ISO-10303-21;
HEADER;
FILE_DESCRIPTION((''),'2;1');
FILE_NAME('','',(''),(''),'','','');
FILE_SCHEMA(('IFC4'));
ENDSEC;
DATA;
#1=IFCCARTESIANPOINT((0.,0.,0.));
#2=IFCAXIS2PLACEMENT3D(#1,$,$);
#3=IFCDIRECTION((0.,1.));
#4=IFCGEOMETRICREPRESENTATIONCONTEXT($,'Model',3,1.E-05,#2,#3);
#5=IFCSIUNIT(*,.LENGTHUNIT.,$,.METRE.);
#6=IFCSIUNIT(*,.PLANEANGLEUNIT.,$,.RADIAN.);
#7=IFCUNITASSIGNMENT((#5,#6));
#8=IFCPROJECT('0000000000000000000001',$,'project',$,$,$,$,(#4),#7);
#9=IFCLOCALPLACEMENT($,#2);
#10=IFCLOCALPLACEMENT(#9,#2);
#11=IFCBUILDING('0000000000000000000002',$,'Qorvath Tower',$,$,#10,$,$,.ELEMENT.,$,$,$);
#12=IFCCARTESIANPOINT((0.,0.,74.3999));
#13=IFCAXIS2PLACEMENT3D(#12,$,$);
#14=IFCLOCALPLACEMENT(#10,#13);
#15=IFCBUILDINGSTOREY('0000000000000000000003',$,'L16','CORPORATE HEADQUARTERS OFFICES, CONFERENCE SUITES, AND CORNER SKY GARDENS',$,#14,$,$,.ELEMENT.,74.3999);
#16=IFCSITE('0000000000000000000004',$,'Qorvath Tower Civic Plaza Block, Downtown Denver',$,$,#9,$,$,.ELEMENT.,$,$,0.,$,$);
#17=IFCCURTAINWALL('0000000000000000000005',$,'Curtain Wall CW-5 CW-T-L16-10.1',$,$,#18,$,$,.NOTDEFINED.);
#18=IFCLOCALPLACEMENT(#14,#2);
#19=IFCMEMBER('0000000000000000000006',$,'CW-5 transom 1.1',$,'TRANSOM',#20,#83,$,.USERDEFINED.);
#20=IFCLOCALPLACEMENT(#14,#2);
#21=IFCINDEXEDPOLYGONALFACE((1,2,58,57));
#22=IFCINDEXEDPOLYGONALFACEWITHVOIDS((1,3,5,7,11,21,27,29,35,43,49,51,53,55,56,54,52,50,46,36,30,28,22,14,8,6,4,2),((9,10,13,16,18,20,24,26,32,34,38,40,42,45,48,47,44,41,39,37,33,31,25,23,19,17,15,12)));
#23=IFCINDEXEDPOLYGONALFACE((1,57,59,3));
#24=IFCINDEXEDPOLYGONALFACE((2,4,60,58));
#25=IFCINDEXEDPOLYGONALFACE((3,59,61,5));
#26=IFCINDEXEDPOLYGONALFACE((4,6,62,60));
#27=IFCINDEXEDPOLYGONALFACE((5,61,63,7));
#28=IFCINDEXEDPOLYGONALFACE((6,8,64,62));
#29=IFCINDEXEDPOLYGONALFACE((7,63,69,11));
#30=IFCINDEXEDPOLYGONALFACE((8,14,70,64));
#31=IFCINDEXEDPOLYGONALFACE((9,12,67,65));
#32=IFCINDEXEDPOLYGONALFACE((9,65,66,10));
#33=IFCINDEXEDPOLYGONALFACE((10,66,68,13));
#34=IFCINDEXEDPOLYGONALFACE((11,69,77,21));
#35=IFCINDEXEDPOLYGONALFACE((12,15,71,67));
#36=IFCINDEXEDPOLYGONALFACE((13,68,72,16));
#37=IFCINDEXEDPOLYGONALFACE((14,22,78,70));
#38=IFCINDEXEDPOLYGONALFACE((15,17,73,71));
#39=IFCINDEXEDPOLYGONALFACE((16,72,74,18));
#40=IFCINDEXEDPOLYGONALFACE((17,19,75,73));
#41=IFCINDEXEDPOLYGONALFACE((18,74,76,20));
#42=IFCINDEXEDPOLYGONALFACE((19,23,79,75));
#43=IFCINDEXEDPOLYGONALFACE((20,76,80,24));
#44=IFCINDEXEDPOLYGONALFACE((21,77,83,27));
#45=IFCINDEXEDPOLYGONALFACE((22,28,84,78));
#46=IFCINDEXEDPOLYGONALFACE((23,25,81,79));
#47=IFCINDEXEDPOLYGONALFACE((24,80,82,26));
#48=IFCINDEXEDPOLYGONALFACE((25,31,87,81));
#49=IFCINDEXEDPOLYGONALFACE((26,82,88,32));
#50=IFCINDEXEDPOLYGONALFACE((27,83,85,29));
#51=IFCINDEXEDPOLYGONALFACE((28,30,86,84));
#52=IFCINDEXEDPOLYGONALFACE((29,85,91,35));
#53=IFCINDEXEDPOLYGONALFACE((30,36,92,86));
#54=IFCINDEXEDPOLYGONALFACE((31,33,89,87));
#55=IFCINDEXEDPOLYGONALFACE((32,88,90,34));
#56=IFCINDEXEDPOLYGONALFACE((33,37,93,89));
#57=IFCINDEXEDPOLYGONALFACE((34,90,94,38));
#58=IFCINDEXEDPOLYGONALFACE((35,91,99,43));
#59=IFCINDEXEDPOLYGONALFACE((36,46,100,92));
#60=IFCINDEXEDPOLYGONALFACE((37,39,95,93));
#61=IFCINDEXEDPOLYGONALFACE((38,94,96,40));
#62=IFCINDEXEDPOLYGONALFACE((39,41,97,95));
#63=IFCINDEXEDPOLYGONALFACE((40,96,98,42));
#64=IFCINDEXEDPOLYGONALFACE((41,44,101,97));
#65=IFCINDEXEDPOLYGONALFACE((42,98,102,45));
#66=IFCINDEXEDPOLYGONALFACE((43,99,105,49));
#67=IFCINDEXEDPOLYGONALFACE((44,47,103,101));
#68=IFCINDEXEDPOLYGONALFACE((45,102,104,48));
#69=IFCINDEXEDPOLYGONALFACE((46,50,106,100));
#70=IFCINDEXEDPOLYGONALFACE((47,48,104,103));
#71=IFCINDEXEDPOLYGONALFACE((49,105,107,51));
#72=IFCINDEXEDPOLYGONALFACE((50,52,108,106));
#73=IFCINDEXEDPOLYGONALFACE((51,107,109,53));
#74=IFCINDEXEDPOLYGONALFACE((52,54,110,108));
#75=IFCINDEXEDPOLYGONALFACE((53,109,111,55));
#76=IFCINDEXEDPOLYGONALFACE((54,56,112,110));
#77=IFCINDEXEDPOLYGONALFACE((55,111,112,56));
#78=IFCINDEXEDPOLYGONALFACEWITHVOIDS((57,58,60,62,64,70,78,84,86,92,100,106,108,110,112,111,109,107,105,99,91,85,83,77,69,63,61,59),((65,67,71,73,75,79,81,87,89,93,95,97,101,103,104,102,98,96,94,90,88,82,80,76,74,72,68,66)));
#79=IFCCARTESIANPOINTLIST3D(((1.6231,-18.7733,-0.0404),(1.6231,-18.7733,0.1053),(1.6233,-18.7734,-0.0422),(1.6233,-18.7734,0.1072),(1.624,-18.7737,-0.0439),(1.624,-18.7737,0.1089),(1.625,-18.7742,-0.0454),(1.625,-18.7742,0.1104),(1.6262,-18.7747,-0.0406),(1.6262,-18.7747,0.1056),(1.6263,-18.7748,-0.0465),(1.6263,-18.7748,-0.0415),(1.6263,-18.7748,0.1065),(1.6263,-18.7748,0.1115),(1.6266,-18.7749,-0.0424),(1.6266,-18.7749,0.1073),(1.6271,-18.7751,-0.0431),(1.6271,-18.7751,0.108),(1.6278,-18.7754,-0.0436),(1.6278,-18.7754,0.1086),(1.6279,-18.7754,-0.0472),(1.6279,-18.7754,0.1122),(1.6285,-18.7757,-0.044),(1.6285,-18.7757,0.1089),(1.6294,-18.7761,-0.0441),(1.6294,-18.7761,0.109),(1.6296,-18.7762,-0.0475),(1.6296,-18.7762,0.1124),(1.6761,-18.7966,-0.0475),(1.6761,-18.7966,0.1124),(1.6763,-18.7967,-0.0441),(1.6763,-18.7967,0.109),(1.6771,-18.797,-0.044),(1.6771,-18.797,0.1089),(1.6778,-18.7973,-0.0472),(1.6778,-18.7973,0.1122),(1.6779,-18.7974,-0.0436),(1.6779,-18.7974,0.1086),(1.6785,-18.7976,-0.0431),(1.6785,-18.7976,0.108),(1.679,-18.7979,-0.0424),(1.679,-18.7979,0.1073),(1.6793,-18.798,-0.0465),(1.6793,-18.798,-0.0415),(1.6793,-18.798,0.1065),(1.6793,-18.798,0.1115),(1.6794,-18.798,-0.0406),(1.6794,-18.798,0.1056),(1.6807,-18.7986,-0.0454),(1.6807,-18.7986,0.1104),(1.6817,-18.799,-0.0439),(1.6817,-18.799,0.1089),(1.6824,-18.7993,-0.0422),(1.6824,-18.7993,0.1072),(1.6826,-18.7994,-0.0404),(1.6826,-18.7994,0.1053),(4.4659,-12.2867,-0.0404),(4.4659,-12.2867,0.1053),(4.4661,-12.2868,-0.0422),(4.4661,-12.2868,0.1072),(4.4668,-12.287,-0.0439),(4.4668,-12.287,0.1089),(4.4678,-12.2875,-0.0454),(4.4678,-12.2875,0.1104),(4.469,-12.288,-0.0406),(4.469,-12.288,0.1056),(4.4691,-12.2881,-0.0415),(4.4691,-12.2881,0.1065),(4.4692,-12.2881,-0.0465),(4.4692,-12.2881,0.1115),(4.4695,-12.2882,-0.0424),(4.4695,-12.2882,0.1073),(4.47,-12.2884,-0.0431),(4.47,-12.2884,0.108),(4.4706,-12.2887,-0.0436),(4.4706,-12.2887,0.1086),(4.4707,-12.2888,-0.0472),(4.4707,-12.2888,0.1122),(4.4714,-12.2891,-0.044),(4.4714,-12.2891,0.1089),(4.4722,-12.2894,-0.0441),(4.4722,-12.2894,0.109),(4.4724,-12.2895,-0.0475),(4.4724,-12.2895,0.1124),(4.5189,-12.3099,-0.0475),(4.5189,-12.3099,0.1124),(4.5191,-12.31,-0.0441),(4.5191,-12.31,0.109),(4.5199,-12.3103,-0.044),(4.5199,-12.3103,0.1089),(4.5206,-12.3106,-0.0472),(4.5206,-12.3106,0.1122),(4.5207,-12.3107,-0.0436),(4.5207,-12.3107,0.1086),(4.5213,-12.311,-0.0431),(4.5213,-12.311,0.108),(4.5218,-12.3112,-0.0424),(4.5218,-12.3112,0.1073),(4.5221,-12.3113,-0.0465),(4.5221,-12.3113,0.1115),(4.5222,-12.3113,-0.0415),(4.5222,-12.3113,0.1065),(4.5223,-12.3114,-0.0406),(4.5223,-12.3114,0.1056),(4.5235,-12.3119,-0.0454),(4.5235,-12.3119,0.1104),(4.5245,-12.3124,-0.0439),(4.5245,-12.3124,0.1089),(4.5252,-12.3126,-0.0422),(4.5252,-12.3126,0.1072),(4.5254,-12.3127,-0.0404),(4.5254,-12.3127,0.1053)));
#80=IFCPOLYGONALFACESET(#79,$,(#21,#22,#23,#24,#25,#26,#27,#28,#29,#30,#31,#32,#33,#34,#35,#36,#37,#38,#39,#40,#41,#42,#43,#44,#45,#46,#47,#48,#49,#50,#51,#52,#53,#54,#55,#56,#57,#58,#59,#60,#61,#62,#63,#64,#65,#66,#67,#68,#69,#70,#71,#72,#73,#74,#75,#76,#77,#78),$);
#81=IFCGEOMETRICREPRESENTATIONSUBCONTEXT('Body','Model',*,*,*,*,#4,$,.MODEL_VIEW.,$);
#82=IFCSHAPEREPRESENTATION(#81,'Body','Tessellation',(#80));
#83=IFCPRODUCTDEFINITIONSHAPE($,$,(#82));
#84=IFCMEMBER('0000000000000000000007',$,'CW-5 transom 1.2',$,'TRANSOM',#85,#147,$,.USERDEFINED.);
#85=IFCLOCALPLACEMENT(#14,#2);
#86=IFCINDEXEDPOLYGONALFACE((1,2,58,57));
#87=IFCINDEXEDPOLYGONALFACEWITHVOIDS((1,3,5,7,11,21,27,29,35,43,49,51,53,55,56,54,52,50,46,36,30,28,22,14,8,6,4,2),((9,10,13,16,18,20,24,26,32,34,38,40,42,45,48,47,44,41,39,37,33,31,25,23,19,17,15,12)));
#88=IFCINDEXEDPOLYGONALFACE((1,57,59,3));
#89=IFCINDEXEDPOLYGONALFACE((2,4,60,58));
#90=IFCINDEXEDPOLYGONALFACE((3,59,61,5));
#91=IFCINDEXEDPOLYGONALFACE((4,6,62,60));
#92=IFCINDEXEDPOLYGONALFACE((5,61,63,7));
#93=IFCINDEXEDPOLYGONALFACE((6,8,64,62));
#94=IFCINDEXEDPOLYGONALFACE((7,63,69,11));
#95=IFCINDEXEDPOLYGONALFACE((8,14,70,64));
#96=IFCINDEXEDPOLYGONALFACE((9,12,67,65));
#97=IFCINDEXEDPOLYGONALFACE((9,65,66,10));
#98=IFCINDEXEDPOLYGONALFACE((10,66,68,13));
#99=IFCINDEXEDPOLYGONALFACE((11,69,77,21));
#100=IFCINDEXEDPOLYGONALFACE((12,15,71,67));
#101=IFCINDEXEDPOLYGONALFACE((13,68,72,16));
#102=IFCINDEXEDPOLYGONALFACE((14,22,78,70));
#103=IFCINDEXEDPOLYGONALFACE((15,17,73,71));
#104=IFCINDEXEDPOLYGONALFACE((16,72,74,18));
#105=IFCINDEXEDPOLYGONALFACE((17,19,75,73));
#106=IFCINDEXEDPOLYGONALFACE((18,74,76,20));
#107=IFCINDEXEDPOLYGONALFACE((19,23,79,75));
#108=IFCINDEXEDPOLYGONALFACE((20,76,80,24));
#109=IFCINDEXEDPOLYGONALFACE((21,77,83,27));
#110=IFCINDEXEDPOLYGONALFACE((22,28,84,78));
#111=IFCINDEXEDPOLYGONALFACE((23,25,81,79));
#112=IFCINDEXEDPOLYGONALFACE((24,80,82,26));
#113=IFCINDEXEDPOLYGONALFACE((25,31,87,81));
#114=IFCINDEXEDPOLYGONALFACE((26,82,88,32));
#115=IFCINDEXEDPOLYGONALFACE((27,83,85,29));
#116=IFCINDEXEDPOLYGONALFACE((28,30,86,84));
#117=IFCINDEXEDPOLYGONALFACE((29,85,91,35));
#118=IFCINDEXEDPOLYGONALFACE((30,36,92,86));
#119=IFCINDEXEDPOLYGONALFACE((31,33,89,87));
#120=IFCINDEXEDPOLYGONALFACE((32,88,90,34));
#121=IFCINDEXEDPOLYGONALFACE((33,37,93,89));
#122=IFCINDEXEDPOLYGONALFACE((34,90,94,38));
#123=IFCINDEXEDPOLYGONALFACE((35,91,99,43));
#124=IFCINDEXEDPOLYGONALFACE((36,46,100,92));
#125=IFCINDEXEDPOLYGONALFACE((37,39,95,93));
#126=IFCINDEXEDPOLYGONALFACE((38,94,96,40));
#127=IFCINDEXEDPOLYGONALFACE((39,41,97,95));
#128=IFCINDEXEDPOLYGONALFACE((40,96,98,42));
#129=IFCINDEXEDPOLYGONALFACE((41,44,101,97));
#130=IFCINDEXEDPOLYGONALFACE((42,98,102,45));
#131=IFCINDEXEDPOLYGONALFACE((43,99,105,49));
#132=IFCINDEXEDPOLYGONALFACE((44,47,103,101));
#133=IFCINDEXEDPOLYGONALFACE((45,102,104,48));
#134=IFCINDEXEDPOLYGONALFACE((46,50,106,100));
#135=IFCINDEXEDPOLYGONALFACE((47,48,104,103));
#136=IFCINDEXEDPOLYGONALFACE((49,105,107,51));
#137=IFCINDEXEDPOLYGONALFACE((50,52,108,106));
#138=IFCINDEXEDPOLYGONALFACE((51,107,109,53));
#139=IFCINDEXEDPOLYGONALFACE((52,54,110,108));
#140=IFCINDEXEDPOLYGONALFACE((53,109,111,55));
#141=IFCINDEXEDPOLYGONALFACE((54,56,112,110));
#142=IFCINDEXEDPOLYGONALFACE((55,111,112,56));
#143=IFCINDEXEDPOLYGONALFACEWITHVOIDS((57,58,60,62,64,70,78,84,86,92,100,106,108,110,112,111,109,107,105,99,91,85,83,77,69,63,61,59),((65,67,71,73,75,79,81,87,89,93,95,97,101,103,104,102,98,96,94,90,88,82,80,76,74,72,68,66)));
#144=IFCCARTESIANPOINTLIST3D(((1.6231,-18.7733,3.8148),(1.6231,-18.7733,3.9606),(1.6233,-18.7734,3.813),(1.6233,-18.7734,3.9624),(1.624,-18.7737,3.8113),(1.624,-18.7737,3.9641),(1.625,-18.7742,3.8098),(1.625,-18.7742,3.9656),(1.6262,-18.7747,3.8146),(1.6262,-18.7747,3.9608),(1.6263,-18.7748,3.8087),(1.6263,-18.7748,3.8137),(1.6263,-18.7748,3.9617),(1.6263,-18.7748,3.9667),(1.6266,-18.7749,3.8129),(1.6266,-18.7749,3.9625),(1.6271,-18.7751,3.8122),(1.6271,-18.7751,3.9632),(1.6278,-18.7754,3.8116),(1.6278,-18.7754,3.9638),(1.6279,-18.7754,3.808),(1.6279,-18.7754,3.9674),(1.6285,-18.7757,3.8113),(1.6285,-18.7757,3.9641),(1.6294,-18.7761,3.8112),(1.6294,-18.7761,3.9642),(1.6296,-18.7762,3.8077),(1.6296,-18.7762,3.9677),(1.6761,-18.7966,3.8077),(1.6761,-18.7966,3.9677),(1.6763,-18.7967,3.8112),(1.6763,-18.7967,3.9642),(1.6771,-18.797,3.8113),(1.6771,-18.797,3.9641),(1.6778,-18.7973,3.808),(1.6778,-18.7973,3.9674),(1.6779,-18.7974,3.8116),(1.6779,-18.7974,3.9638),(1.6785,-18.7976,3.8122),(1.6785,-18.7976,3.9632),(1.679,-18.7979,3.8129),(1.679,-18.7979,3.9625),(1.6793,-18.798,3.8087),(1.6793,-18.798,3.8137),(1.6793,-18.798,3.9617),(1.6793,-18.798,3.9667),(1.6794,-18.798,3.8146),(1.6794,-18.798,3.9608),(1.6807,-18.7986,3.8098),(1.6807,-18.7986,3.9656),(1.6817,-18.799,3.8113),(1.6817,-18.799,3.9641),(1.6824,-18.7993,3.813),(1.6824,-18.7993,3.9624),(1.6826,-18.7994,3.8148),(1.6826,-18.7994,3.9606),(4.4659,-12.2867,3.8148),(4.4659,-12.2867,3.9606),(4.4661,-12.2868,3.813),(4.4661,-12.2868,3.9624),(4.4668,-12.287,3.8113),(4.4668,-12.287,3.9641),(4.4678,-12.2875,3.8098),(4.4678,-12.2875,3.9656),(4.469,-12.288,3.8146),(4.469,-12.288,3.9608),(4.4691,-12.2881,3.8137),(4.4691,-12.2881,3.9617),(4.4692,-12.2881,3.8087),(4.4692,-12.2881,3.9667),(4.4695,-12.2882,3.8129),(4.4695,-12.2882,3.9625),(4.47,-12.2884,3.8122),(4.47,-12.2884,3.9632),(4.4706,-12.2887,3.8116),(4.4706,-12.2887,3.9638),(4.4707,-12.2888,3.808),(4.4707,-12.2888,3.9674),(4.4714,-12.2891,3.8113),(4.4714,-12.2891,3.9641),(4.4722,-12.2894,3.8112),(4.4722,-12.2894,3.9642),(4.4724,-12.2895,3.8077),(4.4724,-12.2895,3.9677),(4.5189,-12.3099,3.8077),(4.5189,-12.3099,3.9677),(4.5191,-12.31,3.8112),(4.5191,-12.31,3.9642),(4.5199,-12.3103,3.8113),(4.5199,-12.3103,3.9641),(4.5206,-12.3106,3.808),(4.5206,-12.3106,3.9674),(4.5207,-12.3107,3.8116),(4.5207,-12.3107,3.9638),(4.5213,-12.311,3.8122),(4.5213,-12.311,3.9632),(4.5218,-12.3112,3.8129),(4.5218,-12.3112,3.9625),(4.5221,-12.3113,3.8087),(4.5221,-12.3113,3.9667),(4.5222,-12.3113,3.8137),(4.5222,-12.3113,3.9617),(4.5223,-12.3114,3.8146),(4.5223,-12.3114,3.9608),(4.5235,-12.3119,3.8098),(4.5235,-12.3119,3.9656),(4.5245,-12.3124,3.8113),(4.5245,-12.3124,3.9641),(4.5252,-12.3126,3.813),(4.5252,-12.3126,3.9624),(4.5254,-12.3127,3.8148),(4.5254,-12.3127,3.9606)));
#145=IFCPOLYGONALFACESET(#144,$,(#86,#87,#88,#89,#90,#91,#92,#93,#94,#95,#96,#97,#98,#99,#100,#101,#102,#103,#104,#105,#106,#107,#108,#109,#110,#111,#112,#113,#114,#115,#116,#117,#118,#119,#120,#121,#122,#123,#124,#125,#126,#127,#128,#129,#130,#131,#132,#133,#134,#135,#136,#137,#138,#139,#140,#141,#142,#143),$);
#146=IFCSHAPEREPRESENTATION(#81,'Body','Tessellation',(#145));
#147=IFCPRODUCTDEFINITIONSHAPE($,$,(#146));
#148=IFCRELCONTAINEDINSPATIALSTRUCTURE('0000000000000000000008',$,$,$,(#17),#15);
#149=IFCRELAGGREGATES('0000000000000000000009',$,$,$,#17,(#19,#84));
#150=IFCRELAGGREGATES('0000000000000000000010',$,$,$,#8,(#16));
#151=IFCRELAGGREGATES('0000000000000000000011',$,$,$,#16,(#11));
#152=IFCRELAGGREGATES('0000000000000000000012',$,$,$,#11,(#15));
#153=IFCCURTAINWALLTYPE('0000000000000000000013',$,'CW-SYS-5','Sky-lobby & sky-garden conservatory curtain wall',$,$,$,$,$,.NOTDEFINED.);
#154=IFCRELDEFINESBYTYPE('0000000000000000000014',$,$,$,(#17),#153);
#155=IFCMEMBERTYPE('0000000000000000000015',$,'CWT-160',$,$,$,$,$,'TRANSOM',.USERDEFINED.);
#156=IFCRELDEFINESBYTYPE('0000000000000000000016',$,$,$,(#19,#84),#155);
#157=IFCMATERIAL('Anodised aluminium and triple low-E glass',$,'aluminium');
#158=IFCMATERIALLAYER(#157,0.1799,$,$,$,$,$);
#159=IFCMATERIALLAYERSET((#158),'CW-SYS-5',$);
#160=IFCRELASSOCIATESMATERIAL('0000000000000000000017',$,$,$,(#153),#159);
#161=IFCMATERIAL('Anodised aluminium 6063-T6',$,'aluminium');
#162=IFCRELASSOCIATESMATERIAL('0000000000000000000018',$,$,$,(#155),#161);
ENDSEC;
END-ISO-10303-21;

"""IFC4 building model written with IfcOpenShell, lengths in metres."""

from ifc_helpers import new_model, si_unit, direction, frame, origin, origin_2d, place, context, subcontext, project, spatial, hollow_rectangle, extrude, material, layer, layer_set, material_profile, profile_set, type_object, element, aggregate, save


model = new_model("IFC4")

# Units and contexts
model_context = context("Model", 3, precision=1e-05, world=origin(), true_north=direction((0.0, 1.0)))
body_context = subcontext(model_context, "Body", "Model", "MODEL_VIEW")
ifc_project = project(units=[si_unit("LENGTHUNIT", "METRE"), si_unit("PLANEANGLEUNIT", "RADIAN")], contexts=[model_context])

# Site, building, storey
site_placement = place(None, origin())
site = spatial("IfcSite", under=ifc_project, at=site_placement, Name="Qorvath Tower Civic Plaza Block, Downtown Denver", CompositionType="ELEMENT", RefElevation=0.0)
building_placement = place(site_placement, origin())
building = spatial("IfcBuilding", under=site, at=building_placement, Name="Qorvath Tower", CompositionType="ELEMENT")
storey_placement = place(building_placement, frame((0.0, 0.0, 74.3999)))
storey = spatial("IfcBuildingStorey", under=building, at=storey_placement, Name="L16", Description="CORPORATE HEADQUARTERS OFFICES, CONFERENCE SUITES, AND CORNER SKY GARDENS", CompositionType="ELEMENT", Elevation=74.3999)

# Shared definitions
ifc_material_1 = material(Name="Anodised aluminium and triple low-E glass", Category="aluminium")
ifc_layer_1 = layer(ifc_material_1, 0.1799)
ifc_layer_set_1 = layer_set([ifc_layer_1], Name="CW-SYS-5")
curtain_wall_type = type_object("IfcCurtainWallType", Name="CW-SYS-5", Description="Sky-lobby & sky-garden conservatory curtain wall", PredefinedType="NOTDEFINED", material=ifc_layer_set_1)

# Curtain wall
curtain_wall_1_placement = place(storey_placement, origin())
curtain_wall_1 = element("IfcCurtainWall", 1, at=curtain_wall_1_placement, inside=storey, type_object=curtain_wall_type, Name="Curtain Wall CW-5 CW-T-L16-10.1", PredefinedType="NOTDEFINED")

# Members
ifc_material_2 = material(Name="Anodised aluminium 6063-T6", Category="aluminium")
ifc_material_profile_1 = material_profile(ifc_material_2, hollow_rectangle(XDim=0.0649, YDim=0.1599, WallThickness=0.0034, InnerFilletRadius=0.0034, OuterFilletRadius=0.0071, at=origin_2d()), Name="CWT 160x65")
ifc_profile_set_1 = profile_set([ifc_material_profile_1], Name="Anodised aluminium 6063-T6")
member_type_1 = type_object("IfcMemberType", Name="CWT-160", ElementType="TRANSOM", PredefinedType="USERDEFINED", material=ifc_profile_set_1)
member_1_placement = place(storey_placement, frame((1.6528, -18.7864, 0.0325), z_axis=(0.401399, 0.915903, 0.0), x_axis=(-0.915903, 0.401399, 0.0)))
member_1 = element("IfcMember", 2, at=member_1_placement, type_object=member_type_1, Name="CW-5 transom 1.1", ObjectType="TRANSOM", PredefinedType="USERDEFINED", context=body_context, shape_type="SweptSolid", body=[
    extrude(hollow_rectangle(XDim=0.0649, YDim=0.1599, WallThickness=0.0034, InnerFilletRadius=0.0034, OuterFilletRadius=0.0071, at=origin_2d()), origin(), (0.0, 0.0, 1.0), 7.0823),
])
member_2_placement = place(storey_placement, frame((1.6528, -18.7864, 3.8877), z_axis=(0.401399, 0.915903, 0.0), x_axis=(-0.915903, 0.401399, 0.0)))
member_2 = element("IfcMember", 3, at=member_2_placement, type_object=member_type_1, Name="CW-5 transom 1.2", ObjectType="TRANSOM", PredefinedType="USERDEFINED", context=body_context, shape_type="SweptSolid", body=[
    extrude(hollow_rectangle(XDim=0.0649, YDim=0.1599, WallThickness=0.0034, InnerFilletRadius=0.0034, OuterFilletRadius=0.0071, at=origin_2d()), origin(), (0.0, 0.0, 1.0), 7.0823),
])

aggregate(curtain_wall_1, [member_1, member_2])

save(model, "model.ifc")
